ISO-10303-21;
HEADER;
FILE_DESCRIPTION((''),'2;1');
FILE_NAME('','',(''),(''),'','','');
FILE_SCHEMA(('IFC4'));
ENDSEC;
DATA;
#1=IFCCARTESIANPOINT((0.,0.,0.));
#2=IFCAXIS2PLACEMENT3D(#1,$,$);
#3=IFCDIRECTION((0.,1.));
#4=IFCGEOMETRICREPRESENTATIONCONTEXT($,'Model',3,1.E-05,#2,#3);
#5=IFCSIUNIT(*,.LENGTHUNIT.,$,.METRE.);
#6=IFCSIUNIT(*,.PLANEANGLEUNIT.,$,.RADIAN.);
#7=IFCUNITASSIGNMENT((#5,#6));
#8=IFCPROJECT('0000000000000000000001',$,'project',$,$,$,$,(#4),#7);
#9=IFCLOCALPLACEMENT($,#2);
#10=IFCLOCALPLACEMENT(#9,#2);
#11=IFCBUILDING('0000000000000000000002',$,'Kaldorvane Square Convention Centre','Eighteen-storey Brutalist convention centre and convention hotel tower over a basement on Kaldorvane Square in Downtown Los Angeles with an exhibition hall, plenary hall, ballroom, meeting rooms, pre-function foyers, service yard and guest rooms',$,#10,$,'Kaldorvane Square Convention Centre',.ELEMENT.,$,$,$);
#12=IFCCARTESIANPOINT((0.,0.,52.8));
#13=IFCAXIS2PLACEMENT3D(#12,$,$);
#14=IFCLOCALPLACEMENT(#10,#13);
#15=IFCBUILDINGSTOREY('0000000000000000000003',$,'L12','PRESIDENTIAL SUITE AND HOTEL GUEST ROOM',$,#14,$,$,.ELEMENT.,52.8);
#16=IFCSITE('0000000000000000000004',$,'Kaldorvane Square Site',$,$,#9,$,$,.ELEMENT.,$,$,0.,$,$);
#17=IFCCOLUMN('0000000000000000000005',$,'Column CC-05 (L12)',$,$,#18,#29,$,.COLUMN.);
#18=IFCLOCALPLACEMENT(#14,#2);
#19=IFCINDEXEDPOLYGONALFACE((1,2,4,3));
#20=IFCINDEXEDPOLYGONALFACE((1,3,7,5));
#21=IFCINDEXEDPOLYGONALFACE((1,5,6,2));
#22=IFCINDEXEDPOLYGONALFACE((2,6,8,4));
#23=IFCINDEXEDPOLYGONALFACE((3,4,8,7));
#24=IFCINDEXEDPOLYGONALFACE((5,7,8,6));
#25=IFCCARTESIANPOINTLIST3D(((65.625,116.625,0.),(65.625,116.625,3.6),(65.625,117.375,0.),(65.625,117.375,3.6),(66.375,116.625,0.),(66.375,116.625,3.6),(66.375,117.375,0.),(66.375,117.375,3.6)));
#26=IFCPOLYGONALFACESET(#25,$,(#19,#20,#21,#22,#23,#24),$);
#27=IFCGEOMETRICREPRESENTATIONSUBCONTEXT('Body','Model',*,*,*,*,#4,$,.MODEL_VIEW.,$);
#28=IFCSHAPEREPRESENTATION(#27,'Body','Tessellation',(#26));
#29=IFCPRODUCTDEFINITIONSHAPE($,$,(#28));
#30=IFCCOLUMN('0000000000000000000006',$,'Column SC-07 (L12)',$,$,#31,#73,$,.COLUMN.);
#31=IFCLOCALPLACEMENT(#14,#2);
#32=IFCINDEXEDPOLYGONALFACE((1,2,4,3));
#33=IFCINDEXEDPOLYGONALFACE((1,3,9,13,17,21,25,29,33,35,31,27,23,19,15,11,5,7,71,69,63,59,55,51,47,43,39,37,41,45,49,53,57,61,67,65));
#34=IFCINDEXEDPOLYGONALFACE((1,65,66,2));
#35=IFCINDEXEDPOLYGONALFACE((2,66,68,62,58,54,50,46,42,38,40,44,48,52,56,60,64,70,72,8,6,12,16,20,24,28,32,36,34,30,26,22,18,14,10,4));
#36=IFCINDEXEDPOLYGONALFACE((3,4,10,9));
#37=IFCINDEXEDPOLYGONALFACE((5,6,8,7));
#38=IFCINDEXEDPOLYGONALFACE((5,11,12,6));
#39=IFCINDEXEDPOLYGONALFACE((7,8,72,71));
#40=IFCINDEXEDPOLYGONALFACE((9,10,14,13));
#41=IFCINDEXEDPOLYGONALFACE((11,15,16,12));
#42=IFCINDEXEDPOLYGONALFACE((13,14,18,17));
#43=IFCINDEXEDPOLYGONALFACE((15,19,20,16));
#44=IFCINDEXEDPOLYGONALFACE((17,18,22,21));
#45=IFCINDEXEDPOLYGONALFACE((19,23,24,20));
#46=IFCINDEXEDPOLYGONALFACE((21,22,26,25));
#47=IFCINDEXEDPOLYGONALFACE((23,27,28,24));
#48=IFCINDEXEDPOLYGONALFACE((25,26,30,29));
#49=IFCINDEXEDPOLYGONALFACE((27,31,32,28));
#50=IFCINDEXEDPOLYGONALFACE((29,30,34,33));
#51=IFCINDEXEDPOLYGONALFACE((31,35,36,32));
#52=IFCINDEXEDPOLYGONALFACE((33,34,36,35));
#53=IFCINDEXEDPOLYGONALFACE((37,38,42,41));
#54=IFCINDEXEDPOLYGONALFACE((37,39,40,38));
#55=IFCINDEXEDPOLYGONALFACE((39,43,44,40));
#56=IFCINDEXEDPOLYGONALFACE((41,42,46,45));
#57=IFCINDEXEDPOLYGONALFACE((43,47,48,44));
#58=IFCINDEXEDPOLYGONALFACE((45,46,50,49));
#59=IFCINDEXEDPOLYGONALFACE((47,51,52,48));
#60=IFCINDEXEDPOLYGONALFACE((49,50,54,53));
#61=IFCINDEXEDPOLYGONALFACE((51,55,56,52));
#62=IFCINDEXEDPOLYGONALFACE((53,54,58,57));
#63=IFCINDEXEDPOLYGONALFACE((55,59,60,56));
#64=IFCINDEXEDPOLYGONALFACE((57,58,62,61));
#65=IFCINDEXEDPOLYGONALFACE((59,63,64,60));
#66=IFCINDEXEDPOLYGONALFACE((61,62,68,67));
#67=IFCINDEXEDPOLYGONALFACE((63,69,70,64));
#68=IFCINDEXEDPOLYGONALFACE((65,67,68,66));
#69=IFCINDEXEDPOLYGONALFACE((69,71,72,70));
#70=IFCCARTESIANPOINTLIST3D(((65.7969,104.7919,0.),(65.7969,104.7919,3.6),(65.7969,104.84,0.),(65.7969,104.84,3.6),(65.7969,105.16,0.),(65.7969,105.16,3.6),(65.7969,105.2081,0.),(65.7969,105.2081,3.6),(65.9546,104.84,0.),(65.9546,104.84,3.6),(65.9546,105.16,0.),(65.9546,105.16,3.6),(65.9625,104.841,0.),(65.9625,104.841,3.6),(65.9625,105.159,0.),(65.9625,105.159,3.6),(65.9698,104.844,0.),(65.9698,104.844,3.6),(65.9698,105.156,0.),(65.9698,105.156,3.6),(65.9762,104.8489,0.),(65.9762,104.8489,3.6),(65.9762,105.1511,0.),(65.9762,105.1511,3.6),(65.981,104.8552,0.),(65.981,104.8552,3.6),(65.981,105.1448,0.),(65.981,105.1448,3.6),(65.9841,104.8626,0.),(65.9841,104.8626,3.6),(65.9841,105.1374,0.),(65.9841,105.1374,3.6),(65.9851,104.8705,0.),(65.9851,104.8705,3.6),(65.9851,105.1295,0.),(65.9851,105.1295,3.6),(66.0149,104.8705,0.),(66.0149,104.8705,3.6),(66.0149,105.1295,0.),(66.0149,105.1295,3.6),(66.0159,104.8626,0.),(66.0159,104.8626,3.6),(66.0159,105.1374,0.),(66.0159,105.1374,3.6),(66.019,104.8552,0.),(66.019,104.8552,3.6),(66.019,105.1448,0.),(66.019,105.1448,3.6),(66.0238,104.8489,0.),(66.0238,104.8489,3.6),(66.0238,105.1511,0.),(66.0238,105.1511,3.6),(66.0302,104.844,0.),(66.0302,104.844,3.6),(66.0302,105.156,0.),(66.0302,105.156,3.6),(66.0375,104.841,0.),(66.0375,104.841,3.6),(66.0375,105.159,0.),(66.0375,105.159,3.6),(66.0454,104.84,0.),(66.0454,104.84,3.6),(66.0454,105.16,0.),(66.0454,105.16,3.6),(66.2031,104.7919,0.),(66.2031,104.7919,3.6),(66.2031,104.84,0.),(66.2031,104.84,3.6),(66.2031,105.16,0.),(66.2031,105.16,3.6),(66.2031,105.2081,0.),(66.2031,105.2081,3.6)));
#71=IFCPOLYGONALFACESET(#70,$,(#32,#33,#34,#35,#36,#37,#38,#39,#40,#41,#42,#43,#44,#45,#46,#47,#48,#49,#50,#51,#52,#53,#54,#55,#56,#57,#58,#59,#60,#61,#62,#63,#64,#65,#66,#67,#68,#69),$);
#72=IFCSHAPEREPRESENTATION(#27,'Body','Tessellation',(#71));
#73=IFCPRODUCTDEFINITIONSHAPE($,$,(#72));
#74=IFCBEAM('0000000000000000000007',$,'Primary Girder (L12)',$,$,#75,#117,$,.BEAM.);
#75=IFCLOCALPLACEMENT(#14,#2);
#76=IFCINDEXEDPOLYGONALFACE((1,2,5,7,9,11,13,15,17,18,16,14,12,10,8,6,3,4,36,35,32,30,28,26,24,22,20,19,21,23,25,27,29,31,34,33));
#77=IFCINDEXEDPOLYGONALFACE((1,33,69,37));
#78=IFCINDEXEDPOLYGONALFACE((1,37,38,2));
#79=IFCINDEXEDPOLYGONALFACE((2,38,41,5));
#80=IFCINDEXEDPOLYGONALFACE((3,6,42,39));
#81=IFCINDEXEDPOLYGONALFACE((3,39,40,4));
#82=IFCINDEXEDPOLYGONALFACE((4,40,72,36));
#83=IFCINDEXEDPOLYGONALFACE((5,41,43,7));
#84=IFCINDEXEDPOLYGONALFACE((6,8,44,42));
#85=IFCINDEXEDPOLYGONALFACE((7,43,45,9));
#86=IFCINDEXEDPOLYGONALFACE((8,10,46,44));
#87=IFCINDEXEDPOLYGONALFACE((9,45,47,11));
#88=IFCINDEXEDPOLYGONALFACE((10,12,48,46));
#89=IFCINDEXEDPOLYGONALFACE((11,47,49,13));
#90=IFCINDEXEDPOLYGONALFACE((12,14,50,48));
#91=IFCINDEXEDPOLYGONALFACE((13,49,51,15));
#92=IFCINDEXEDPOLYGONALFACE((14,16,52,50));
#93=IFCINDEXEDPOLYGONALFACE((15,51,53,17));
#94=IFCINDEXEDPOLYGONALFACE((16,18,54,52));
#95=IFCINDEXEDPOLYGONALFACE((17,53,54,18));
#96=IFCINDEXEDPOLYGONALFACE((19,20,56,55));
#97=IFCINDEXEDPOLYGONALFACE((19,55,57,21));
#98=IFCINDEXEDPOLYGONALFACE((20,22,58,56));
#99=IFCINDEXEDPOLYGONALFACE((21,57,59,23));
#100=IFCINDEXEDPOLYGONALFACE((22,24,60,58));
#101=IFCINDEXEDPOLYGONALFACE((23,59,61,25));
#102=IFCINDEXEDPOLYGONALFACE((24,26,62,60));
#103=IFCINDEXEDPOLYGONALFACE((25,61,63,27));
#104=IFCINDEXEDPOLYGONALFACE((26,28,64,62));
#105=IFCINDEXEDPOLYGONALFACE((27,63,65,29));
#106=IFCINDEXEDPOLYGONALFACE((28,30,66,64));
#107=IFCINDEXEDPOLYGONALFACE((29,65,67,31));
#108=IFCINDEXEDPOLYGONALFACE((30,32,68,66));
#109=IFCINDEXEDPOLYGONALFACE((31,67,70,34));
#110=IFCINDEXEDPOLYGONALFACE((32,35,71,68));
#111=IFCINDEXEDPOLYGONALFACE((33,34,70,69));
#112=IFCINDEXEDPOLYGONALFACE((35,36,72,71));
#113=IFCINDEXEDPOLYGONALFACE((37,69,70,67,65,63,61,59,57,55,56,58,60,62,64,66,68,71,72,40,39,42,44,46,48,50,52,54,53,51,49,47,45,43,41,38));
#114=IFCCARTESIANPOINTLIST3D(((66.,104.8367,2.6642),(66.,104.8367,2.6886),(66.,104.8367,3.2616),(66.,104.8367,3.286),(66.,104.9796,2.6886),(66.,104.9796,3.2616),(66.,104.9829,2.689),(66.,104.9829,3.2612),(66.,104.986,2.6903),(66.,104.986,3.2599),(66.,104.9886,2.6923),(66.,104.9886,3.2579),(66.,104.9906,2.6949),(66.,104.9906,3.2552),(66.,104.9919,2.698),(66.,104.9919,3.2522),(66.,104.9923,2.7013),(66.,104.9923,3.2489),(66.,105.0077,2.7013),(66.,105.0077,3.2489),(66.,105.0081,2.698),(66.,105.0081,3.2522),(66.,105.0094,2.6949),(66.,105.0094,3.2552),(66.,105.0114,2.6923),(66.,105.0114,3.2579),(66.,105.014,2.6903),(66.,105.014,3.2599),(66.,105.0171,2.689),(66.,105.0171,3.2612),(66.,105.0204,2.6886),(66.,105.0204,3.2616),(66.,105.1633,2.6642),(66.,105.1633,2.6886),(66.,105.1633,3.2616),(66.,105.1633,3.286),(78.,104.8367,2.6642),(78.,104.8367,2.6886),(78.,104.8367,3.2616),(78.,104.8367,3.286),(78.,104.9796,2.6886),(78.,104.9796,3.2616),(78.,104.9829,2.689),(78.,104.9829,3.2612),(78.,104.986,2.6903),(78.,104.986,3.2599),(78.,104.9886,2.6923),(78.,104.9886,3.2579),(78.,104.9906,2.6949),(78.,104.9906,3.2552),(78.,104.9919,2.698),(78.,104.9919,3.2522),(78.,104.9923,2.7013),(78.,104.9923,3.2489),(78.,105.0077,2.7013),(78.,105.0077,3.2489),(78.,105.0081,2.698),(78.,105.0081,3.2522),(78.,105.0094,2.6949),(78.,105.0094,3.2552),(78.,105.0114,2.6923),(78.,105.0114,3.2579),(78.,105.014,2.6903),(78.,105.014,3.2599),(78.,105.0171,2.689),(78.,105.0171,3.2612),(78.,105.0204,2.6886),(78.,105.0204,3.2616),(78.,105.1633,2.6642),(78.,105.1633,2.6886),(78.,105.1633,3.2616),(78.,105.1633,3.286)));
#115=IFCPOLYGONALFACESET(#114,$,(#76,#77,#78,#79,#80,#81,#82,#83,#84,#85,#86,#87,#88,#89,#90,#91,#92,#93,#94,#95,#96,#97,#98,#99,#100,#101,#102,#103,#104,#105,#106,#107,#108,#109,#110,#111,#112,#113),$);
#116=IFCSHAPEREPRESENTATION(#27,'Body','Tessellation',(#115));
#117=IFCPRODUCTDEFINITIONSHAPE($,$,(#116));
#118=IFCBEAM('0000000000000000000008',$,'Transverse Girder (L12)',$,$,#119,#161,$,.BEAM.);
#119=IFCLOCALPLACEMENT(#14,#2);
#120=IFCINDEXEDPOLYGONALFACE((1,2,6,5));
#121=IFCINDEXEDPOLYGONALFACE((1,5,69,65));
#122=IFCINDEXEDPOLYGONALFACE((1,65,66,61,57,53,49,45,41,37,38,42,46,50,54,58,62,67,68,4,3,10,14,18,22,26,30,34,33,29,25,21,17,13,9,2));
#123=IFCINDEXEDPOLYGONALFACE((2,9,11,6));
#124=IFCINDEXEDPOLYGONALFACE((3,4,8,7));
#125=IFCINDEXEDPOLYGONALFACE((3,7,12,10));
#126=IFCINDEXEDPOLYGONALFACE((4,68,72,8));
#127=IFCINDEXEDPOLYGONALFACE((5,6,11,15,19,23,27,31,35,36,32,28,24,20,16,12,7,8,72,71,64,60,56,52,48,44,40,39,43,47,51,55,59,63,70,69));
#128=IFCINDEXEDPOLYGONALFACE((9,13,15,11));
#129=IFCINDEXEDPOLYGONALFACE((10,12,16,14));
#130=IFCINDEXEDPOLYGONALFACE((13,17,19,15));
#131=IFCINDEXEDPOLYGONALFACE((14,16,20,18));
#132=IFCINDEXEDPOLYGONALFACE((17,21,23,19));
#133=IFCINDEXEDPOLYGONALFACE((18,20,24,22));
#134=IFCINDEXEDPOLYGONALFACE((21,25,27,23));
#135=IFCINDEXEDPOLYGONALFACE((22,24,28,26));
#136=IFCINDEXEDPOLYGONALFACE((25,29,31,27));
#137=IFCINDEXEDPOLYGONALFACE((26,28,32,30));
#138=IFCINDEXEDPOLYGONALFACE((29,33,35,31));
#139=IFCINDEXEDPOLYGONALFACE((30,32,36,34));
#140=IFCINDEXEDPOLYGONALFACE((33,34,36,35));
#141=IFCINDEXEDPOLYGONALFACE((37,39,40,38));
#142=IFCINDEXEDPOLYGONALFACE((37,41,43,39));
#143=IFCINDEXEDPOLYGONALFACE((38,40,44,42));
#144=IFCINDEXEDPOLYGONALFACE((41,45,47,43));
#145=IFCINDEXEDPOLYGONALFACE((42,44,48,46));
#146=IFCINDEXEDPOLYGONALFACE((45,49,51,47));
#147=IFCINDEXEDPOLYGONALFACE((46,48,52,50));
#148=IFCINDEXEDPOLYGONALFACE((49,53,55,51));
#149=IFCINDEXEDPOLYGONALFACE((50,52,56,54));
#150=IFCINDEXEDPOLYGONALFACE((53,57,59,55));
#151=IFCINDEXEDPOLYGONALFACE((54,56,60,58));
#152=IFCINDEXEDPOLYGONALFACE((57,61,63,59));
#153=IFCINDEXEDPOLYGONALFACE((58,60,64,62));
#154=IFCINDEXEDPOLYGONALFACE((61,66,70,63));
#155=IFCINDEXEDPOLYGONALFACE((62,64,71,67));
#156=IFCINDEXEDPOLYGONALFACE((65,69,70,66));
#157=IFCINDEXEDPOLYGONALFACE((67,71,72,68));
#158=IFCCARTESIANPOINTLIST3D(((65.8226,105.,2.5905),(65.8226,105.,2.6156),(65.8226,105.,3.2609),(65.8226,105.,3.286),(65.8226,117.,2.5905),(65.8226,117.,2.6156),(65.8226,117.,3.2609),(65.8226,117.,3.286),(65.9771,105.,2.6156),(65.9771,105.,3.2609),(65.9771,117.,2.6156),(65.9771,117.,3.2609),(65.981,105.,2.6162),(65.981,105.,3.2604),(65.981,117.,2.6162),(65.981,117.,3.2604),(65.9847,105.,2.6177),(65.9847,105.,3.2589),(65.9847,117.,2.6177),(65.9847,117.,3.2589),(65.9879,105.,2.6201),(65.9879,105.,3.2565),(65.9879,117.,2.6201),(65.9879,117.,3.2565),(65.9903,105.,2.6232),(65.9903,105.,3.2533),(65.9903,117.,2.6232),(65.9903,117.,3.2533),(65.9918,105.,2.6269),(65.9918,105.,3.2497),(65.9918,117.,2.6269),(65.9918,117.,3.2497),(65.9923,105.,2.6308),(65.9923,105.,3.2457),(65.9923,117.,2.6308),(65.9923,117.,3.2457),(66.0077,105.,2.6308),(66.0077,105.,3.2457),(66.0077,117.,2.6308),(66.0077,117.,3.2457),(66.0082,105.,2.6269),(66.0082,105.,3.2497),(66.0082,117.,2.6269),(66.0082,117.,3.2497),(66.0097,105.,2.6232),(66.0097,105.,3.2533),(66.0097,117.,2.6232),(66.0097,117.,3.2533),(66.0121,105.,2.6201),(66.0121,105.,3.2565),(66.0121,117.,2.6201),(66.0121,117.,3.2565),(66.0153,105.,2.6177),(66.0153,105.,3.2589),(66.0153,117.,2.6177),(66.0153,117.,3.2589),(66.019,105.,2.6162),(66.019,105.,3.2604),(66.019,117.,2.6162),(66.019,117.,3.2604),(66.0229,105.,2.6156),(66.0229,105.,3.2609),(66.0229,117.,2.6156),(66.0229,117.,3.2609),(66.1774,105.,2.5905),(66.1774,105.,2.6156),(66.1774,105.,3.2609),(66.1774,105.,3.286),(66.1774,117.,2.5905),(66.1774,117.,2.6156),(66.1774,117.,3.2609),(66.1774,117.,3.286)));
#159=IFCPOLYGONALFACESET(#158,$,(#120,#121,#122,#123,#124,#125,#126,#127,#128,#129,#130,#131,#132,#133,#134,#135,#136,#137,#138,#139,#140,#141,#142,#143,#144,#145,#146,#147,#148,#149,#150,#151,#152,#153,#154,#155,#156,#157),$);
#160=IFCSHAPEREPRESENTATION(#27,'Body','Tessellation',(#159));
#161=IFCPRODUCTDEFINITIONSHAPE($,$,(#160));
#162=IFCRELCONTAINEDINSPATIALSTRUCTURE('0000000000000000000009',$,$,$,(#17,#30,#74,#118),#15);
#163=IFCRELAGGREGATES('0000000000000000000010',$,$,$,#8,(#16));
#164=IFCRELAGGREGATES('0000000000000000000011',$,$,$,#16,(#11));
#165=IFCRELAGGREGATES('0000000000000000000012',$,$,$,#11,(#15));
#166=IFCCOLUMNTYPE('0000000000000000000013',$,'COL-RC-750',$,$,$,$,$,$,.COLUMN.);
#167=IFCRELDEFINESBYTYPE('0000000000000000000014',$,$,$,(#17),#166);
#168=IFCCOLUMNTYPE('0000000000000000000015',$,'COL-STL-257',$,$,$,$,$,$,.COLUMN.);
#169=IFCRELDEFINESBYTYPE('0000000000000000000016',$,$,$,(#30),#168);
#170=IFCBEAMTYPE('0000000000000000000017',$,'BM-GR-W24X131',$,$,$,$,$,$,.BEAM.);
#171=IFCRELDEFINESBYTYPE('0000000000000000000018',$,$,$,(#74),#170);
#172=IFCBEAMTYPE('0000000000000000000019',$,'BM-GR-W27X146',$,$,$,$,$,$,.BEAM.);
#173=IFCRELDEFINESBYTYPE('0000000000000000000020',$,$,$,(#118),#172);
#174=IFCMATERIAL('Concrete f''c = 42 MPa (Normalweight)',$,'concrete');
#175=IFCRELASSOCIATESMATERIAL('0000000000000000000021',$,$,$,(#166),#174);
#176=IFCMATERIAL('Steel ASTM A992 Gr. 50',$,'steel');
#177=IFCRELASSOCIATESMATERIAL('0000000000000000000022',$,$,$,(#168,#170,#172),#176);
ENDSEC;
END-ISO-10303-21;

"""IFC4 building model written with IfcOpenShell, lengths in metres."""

from ifc_helpers import new_model, si_unit, direction, frame, origin, origin_2d, place, context, subcontext, project, spatial, rectangle, i_section, extrude, material, material_profile, profile_set, type_object, element, save


model = new_model("IFC4")

# Units and contexts
model_context = context("Model", 3, precision=1e-05, world=origin(), true_north=direction((0.0, 1.0)))
body_context = subcontext(model_context, "Body", "Model", "MODEL_VIEW")
ifc_project = project(units=[si_unit("LENGTHUNIT", "METRE"), si_unit("PLANEANGLEUNIT", "RADIAN")], contexts=[model_context])

# Site, building, storey
site_placement = place(None, origin())
site = spatial("IfcSite", under=ifc_project, at=site_placement, Name="Kaldorvane Square Site", CompositionType="ELEMENT", RefElevation=0.0)
building_placement = place(site_placement, origin())
building = spatial("IfcBuilding", under=site, at=building_placement, Name="Kaldorvane Square Convention Centre", Description="Eighteen-storey Brutalist convention centre and convention hotel tower over a basement on Kaldorvane Square in Downtown Los Angeles with an exhibition hall, plenary hall, ballroom, meeting rooms, pre-function foyers, service yard and guest rooms", LongName="Kaldorvane Square Convention Centre", CompositionType="ELEMENT")
storey_placement = place(building_placement, frame((0.0, 0.0, 52.8)))
storey = spatial("IfcBuildingStorey", under=building, at=storey_placement, Name="L12", Description="PRESIDENTIAL SUITE AND HOTEL GUEST ROOM", CompositionType="ELEMENT", Elevation=52.8)

# Columns
ifc_material_1 = material(Name="Concrete f'c = 42 MPa (Normalweight)", Category="concrete")
ifc_material_profile_1 = material_profile(ifc_material_1, rectangle(XDim=0.75, YDim=0.75, at=origin_2d()), Name="RC750X750")
ifc_profile_set_1 = profile_set([ifc_material_profile_1], Name="Concrete f'c = 42 MPa (Normalweight)")
column_type_1 = type_object("IfcColumnType", Name="COL-RC-750", PredefinedType="COLUMN", material=ifc_profile_set_1)
column_1_placement = place(storey_placement, frame((66.0, 117.0, 0.0), z_axis=(0.0, 0.0, 1.0), x_axis=(1.0, 0.0, 0.0)))
element("IfcColumn", 1, at=column_1_placement, inside=storey, type_object=column_type_1, Name="Column CC-05 (L12)", PredefinedType="COLUMN", context=body_context, shape_type="SweptSolid", body=[
    extrude(rectangle(XDim=0.75, YDim=0.75, at=origin_2d()), origin(), (0.0, 0.0, 1.0), 3.6),
])
ifc_material_2 = material(Name="Steel ASTM A992 Gr. 50", Category="steel")
ifc_material_profile_2 = material_profile(ifc_material_2, i_section(OverallWidth=0.4063, OverallDepth=0.4161, WebThickness=0.0298, FlangeThickness=0.048, FilletRadius=0.0305, at=origin_2d()), Name="W14X257")
ifc_profile_set_2 = profile_set([ifc_material_profile_2], Name="Steel ASTM A992 Gr. 50")
column_type_2 = type_object("IfcColumnType", Name="COL-STL-257", PredefinedType="COLUMN", material=ifc_profile_set_2)
column_2_placement = place(storey_placement, frame((66.0, 105.0, 0.0), z_axis=(0.0, 0.0, 1.0), x_axis=(1.0, 0.0, 0.0)))
element("IfcColumn", 2, at=column_2_placement, inside=storey, type_object=column_type_2, Name="Column SC-07 (L12)", PredefinedType="COLUMN", context=body_context, shape_type="SweptSolid", body=[
    extrude(i_section(OverallWidth=0.4063, OverallDepth=0.4161, WebThickness=0.0298, FlangeThickness=0.048, FilletRadius=0.0305, at=origin_2d()), origin(), (0.0, 0.0, 1.0), 3.6),
])

# Beams
ifc_material_profile_3 = material_profile(ifc_material_2, i_section(OverallWidth=0.3265, OverallDepth=0.6218, WebThickness=0.0154, FlangeThickness=0.0244, FilletRadius=0.0127, at=origin_2d()), Name="W24X131")
ifc_profile_set_3 = profile_set([ifc_material_profile_3], Name="Steel ASTM A992 Gr. 50")
beam_type_1 = type_object("IfcBeamType", Name="BM-GR-W24X131", PredefinedType="BEAM", material=ifc_profile_set_3)
beam_1_placement = place(storey_placement, frame((66.0, 105.0, 2.9751), z_axis=(1.0, 0.0, 0.0), x_axis=(0.0, 1.0, 0.0)))
element("IfcBeam", 3, at=beam_1_placement, inside=storey, type_object=beam_type_1, Name="Primary Girder (L12)", PredefinedType="BEAM", context=body_context, shape_type="SweptSolid", body=[
    extrude(i_section(OverallWidth=0.3265, OverallDepth=0.6218, WebThickness=0.0154, FlangeThickness=0.0244, FilletRadius=0.0127, at=origin_2d()), origin(), (0.0, 0.0, 1.0), 12.0),
])
ifc_material_profile_4 = material_profile(ifc_material_2, i_section(OverallWidth=0.3547, OverallDepth=0.6955, WebThickness=0.0154, FlangeThickness=0.0251, FilletRadius=0.0152, at=origin_2d()), Name="W27X146")
ifc_profile_set_4 = profile_set([ifc_material_profile_4], Name="Steel ASTM A992 Gr. 50")
beam_type_2 = type_object("IfcBeamType", Name="BM-GR-W27X146", PredefinedType="BEAM", material=ifc_profile_set_4)
beam_2_placement = place(storey_placement, frame((66.0, 105.0, 2.9383), z_axis=(0.0, 1.0, 0.0), x_axis=(-1.0, 0.0, 0.0)))
element("IfcBeam", 4, at=beam_2_placement, inside=storey, type_object=beam_type_2, Name="Transverse Girder (L12)", PredefinedType="BEAM", context=body_context, shape_type="SweptSolid", body=[
    extrude(i_section(OverallWidth=0.3547, OverallDepth=0.6955, WebThickness=0.0154, FlangeThickness=0.0251, FilletRadius=0.0152, at=origin_2d()), origin(), (0.0, 0.0, 1.0), 12.0),
])

save(model, "model.ifc")
